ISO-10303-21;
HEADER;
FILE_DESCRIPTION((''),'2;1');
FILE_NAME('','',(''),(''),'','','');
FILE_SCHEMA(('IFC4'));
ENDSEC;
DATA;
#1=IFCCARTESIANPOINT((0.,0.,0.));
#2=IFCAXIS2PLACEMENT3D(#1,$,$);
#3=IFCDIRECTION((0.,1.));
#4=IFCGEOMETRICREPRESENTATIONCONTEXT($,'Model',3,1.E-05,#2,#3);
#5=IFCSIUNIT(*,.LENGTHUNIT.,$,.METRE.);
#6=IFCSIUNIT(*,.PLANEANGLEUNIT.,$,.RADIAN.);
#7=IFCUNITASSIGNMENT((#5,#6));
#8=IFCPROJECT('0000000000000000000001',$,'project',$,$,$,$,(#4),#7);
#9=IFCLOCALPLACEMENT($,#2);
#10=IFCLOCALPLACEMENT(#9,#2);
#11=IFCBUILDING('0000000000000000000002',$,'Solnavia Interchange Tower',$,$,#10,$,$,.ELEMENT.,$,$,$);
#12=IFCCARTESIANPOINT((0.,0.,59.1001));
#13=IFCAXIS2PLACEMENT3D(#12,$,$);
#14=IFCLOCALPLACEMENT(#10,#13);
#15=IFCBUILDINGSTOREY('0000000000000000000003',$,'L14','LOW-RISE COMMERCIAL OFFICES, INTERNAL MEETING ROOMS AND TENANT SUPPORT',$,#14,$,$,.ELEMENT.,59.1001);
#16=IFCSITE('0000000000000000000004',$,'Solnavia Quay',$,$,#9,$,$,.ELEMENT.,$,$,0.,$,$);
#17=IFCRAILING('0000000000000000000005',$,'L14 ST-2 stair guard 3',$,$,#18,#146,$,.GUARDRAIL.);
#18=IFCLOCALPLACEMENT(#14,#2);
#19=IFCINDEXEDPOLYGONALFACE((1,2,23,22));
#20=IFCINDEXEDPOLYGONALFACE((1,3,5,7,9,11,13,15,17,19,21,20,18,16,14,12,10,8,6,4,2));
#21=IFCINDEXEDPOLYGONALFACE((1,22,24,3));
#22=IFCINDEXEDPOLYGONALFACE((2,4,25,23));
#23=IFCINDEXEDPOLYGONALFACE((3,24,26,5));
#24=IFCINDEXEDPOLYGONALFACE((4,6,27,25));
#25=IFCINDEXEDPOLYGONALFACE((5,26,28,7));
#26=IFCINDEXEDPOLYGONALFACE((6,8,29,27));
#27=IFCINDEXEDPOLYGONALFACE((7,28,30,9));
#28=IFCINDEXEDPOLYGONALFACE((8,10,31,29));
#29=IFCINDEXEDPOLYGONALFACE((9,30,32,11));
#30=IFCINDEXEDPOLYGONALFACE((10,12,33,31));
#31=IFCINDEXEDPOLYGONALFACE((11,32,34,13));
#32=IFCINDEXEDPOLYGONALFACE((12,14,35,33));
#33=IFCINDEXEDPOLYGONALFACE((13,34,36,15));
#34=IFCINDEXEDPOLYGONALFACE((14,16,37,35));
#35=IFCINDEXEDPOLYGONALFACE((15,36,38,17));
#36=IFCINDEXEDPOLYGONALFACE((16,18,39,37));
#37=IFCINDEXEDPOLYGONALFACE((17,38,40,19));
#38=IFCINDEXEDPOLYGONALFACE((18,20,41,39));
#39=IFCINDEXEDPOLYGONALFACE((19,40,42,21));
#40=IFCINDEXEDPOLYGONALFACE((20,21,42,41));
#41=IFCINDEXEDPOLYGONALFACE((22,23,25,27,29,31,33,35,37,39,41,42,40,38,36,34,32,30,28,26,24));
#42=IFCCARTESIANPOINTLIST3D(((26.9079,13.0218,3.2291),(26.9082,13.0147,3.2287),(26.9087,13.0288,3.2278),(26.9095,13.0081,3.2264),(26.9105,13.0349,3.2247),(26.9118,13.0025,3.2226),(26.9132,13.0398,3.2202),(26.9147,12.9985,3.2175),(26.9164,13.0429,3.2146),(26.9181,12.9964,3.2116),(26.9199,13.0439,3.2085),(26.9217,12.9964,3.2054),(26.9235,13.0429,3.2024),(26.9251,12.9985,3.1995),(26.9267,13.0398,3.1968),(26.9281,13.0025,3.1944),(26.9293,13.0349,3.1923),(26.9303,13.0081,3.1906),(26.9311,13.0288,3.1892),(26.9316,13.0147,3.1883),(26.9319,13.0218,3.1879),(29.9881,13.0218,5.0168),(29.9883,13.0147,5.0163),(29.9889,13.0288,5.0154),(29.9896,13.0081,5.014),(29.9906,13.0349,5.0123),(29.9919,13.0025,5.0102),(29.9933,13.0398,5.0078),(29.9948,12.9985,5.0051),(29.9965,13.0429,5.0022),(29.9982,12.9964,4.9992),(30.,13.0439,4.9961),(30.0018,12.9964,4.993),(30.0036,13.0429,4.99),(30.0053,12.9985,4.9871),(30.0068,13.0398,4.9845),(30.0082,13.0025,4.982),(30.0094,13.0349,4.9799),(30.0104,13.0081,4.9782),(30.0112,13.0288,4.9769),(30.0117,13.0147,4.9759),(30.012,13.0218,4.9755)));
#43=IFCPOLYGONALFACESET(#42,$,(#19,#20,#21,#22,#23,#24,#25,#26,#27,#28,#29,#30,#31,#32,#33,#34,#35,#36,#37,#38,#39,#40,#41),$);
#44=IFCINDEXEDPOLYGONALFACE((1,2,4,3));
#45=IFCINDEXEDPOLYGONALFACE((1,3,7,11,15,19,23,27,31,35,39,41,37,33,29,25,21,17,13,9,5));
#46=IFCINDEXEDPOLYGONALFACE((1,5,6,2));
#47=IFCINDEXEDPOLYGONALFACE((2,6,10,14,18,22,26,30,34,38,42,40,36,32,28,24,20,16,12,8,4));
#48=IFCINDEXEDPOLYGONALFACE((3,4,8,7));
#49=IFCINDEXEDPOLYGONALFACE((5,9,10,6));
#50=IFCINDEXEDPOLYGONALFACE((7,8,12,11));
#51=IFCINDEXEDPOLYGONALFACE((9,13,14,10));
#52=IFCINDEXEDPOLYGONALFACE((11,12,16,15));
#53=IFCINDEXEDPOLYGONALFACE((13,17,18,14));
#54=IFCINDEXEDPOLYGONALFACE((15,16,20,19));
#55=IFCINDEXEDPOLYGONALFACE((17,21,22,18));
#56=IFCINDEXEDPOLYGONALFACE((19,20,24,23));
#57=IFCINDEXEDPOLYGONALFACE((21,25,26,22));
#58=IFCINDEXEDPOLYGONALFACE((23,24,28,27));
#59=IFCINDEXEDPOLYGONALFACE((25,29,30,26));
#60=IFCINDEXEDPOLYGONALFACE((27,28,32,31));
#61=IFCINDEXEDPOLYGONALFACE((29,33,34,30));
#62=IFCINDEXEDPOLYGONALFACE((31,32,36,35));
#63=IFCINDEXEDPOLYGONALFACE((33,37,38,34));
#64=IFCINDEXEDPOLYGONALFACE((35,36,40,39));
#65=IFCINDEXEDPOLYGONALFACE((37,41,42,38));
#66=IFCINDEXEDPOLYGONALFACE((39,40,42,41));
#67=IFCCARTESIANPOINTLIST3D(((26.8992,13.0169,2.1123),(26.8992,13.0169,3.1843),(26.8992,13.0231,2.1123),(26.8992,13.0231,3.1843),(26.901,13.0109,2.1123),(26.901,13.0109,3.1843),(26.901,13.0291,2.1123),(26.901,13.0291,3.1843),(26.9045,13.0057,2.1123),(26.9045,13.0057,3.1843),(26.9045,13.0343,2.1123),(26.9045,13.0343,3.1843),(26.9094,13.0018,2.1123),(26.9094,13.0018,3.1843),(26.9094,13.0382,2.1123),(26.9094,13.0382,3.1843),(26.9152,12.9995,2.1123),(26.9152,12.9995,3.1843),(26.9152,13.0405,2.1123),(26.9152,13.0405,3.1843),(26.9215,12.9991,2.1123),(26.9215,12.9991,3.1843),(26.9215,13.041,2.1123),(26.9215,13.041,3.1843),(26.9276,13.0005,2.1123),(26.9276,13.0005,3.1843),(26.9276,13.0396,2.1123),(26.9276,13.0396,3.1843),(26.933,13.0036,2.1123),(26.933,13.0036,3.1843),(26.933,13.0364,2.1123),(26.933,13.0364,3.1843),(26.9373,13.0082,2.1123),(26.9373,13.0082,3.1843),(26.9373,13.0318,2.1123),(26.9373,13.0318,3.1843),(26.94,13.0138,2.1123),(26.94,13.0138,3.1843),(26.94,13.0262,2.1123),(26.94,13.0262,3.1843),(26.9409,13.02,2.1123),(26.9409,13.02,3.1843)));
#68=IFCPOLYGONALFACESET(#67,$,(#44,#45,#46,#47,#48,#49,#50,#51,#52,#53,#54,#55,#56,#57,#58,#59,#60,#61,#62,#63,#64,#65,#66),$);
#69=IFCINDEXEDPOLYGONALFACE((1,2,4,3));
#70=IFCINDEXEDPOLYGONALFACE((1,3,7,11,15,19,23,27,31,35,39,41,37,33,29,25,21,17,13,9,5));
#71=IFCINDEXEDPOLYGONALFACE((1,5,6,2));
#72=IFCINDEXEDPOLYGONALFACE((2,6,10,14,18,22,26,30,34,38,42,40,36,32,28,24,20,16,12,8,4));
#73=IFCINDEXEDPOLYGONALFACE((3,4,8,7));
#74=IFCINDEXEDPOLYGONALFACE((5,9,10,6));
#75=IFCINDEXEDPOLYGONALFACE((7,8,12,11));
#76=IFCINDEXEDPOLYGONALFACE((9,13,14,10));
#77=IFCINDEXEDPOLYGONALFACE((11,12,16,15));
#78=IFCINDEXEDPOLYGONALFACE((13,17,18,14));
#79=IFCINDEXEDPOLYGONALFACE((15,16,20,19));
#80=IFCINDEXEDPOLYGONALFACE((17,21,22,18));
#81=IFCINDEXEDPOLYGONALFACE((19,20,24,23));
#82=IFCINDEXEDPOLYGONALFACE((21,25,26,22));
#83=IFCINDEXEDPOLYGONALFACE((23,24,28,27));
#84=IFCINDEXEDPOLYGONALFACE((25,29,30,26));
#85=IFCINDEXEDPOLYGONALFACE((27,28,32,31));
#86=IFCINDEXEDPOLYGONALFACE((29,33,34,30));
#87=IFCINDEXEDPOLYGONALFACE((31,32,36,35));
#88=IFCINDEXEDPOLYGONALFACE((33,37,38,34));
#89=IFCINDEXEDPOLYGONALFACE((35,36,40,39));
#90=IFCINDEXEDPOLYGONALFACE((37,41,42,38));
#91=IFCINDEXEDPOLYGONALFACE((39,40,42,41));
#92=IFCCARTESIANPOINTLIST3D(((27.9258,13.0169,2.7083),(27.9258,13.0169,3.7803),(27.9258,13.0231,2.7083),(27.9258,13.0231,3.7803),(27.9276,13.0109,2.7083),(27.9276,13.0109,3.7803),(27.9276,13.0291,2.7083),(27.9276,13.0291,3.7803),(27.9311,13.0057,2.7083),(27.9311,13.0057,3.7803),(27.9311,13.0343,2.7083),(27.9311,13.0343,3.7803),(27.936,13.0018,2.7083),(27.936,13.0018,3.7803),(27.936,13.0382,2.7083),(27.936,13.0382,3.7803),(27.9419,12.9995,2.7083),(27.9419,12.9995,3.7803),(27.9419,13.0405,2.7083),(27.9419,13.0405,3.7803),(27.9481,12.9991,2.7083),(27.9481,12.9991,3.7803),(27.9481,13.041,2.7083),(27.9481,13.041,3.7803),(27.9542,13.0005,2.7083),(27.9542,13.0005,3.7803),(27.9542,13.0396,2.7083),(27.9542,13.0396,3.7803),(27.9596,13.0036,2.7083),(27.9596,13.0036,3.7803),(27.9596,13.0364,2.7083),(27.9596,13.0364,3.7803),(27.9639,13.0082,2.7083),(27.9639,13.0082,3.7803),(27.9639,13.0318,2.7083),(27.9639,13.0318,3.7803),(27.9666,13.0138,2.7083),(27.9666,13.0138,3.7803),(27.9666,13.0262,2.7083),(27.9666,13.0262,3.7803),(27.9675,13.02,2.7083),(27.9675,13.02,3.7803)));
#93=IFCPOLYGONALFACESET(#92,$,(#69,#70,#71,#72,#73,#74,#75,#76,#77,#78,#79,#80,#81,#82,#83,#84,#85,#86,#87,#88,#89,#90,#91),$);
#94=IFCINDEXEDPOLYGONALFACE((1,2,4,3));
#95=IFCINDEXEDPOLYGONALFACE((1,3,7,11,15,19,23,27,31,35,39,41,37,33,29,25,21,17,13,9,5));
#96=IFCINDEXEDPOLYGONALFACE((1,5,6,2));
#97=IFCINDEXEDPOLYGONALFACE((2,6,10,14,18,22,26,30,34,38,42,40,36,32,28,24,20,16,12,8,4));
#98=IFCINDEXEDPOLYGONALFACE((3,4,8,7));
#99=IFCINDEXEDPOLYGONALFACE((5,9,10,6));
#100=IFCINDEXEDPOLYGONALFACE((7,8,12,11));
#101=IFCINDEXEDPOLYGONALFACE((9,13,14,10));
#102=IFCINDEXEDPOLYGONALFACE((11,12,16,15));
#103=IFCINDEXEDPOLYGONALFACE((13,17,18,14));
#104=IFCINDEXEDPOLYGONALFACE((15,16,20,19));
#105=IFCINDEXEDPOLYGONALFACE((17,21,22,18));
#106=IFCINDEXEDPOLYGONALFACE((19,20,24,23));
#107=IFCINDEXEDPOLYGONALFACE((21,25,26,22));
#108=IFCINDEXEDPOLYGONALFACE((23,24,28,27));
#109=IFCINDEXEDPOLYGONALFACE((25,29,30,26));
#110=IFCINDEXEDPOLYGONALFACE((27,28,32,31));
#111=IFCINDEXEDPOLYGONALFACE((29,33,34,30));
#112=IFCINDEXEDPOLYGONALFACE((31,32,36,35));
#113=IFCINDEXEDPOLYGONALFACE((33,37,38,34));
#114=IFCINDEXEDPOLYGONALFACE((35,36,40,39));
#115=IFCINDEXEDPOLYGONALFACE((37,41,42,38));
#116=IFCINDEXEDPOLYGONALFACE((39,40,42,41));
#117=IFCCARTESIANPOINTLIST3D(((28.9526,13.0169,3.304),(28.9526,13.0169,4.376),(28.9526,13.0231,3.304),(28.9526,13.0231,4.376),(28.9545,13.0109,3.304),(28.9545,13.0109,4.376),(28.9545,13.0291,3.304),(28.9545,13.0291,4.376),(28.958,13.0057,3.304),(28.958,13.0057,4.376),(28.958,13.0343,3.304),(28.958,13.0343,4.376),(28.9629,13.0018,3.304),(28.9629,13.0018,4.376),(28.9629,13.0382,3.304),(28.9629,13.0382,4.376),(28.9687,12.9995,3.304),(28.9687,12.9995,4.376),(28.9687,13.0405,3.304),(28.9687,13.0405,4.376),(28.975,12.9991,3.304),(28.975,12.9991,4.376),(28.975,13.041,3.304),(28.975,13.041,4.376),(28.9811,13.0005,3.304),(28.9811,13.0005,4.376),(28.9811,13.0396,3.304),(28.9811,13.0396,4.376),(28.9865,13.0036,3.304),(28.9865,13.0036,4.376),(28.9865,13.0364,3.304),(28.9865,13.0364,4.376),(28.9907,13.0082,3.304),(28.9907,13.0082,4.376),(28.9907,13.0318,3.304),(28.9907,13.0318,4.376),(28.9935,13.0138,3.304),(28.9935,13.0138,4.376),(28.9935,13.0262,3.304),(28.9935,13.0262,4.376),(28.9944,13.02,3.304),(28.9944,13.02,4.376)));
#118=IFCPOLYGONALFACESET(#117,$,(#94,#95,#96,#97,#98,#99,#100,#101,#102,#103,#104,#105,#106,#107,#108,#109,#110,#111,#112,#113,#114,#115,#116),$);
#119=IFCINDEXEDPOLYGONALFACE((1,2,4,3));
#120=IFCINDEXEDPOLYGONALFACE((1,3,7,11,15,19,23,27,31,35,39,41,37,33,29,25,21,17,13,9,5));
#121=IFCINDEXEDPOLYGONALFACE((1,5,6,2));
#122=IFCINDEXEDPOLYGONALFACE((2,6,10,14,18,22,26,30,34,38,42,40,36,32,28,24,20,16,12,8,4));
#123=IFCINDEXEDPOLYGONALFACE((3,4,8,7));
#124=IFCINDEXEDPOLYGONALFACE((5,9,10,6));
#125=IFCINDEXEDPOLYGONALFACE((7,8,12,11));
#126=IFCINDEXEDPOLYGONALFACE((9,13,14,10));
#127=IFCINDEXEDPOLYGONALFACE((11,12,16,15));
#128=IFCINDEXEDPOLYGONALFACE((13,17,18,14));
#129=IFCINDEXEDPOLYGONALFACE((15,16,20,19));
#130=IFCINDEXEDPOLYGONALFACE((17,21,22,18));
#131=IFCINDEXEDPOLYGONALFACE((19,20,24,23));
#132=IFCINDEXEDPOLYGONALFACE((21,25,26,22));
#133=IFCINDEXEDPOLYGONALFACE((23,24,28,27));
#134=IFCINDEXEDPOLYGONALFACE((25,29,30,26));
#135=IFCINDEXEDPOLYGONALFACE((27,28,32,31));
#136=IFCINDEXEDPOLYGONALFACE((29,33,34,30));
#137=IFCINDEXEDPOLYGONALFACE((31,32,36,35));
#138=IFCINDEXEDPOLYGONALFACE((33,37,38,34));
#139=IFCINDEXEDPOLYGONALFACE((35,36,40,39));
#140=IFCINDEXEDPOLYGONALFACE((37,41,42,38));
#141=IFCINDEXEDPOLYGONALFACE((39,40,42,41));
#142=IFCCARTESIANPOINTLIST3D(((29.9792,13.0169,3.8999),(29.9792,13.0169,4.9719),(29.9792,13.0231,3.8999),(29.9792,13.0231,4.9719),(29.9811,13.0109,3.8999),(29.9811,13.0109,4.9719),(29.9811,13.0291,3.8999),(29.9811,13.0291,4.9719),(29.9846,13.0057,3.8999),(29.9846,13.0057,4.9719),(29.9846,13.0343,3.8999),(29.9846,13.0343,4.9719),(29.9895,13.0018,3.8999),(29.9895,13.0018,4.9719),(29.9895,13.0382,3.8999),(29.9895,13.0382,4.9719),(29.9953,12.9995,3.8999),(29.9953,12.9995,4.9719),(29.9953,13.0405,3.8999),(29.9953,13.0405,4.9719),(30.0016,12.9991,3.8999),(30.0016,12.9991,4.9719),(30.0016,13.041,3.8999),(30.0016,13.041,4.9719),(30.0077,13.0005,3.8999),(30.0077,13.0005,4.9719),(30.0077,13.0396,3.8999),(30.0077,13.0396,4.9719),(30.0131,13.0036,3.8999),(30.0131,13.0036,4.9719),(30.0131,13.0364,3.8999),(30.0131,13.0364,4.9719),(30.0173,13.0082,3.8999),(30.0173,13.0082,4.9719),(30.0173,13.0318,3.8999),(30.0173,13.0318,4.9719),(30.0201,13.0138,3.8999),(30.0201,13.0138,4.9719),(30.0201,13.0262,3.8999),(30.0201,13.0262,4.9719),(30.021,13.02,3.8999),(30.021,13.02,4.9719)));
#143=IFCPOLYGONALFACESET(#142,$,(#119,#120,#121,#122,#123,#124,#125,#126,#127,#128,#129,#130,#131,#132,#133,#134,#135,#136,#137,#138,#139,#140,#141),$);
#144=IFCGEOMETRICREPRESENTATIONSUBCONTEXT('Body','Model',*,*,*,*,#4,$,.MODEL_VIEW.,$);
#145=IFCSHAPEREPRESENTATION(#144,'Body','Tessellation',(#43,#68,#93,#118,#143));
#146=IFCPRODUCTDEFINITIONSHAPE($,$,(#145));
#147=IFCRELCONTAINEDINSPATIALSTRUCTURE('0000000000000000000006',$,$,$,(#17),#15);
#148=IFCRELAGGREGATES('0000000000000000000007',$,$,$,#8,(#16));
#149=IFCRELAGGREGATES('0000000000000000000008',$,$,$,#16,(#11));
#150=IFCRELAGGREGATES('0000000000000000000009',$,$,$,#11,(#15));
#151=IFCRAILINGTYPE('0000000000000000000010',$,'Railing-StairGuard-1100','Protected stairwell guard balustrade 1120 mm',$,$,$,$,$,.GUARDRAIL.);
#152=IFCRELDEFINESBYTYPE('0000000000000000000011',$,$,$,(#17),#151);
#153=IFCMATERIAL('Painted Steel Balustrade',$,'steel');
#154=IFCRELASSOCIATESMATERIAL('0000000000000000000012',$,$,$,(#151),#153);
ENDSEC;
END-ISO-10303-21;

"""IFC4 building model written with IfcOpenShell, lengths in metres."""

from ifc_helpers import new_model, si_unit, direction, frame, origin, origin_2d, place, context, subcontext, project, spatial, circle, extrude, material, type_object, element, save


model = new_model("IFC4")

# Units and contexts
model_context = context("Model", 3, precision=1e-05, world=origin(), true_north=direction((0.0, 1.0)))
body_context = subcontext(model_context, "Body", "Model", "MODEL_VIEW")
ifc_project = project(units=[si_unit("LENGTHUNIT", "METRE"), si_unit("PLANEANGLEUNIT", "RADIAN")], contexts=[model_context])

# Site, building, storey
site_placement = place(None, origin())
site = spatial("IfcSite", under=ifc_project, at=site_placement, Name="Solnavia Quay", CompositionType="ELEMENT", RefElevation=0.0)
building_placement = place(site_placement, origin())
building = spatial("IfcBuilding", under=site, at=building_placement, Name="Solnavia Interchange Tower", CompositionType="ELEMENT")
storey_placement = place(building_placement, frame((0.0, 0.0, 59.1001)))
storey = spatial("IfcBuildingStorey", under=building, at=storey_placement, Name="L14", Description="LOW-RISE COMMERCIAL OFFICES, INTERNAL MEETING ROOMS AND TENANT SUPPORT", CompositionType="ELEMENT", Elevation=59.1001)

# Railing
ifc_material_1 = material(Name="Painted Steel Balustrade", Category="steel")
railing_type_1 = type_object("IfcRailingType", Name="Railing-StairGuard-1100", Description="Protected stairwell guard balustrade 1120 mm", PredefinedType="GUARDRAIL", material=ifc_material_1)
railing_1_placement = place(storey_placement, frame((26.9199, 13.02, 2.1123)))
element("IfcRailing", 1, at=railing_1_placement, inside=storey, type_object=railing_type_1, Name="L14 ST-2 stair guard 3", PredefinedType="GUARDRAIL", context=body_context, shape_type="SweptSolid", body=[
    extrude(circle(Radius=0.0239, at=origin_2d()), frame((0.0, 0.0, 1.0962), z_axis=(0.864891, 0.0, 0.50196), x_axis=(0.0, 1.0, 0.0)), (0.0, 0.0, 1.0), 3.5613),
    extrude(circle(Radius=0.021, at=origin_2d()), origin(), (0.0, 0.0, 1.0), 1.072),
    extrude(circle(Radius=0.021, at=origin_2d()), frame((1.0266, 0.0, 0.5959)), (0.0, 0.0, 1.0), 1.072),
    extrude(circle(Radius=0.021, at=origin_2d()), frame((2.0535, 0.0, 1.1917)), (0.0, 0.0, 1.0), 1.072),
    extrude(circle(Radius=0.021, at=origin_2d()), frame((3.0801, 0.0, 1.7876)), (0.0, 0.0, 1.0), 1.072),
])

save(model, "model.ifc")
